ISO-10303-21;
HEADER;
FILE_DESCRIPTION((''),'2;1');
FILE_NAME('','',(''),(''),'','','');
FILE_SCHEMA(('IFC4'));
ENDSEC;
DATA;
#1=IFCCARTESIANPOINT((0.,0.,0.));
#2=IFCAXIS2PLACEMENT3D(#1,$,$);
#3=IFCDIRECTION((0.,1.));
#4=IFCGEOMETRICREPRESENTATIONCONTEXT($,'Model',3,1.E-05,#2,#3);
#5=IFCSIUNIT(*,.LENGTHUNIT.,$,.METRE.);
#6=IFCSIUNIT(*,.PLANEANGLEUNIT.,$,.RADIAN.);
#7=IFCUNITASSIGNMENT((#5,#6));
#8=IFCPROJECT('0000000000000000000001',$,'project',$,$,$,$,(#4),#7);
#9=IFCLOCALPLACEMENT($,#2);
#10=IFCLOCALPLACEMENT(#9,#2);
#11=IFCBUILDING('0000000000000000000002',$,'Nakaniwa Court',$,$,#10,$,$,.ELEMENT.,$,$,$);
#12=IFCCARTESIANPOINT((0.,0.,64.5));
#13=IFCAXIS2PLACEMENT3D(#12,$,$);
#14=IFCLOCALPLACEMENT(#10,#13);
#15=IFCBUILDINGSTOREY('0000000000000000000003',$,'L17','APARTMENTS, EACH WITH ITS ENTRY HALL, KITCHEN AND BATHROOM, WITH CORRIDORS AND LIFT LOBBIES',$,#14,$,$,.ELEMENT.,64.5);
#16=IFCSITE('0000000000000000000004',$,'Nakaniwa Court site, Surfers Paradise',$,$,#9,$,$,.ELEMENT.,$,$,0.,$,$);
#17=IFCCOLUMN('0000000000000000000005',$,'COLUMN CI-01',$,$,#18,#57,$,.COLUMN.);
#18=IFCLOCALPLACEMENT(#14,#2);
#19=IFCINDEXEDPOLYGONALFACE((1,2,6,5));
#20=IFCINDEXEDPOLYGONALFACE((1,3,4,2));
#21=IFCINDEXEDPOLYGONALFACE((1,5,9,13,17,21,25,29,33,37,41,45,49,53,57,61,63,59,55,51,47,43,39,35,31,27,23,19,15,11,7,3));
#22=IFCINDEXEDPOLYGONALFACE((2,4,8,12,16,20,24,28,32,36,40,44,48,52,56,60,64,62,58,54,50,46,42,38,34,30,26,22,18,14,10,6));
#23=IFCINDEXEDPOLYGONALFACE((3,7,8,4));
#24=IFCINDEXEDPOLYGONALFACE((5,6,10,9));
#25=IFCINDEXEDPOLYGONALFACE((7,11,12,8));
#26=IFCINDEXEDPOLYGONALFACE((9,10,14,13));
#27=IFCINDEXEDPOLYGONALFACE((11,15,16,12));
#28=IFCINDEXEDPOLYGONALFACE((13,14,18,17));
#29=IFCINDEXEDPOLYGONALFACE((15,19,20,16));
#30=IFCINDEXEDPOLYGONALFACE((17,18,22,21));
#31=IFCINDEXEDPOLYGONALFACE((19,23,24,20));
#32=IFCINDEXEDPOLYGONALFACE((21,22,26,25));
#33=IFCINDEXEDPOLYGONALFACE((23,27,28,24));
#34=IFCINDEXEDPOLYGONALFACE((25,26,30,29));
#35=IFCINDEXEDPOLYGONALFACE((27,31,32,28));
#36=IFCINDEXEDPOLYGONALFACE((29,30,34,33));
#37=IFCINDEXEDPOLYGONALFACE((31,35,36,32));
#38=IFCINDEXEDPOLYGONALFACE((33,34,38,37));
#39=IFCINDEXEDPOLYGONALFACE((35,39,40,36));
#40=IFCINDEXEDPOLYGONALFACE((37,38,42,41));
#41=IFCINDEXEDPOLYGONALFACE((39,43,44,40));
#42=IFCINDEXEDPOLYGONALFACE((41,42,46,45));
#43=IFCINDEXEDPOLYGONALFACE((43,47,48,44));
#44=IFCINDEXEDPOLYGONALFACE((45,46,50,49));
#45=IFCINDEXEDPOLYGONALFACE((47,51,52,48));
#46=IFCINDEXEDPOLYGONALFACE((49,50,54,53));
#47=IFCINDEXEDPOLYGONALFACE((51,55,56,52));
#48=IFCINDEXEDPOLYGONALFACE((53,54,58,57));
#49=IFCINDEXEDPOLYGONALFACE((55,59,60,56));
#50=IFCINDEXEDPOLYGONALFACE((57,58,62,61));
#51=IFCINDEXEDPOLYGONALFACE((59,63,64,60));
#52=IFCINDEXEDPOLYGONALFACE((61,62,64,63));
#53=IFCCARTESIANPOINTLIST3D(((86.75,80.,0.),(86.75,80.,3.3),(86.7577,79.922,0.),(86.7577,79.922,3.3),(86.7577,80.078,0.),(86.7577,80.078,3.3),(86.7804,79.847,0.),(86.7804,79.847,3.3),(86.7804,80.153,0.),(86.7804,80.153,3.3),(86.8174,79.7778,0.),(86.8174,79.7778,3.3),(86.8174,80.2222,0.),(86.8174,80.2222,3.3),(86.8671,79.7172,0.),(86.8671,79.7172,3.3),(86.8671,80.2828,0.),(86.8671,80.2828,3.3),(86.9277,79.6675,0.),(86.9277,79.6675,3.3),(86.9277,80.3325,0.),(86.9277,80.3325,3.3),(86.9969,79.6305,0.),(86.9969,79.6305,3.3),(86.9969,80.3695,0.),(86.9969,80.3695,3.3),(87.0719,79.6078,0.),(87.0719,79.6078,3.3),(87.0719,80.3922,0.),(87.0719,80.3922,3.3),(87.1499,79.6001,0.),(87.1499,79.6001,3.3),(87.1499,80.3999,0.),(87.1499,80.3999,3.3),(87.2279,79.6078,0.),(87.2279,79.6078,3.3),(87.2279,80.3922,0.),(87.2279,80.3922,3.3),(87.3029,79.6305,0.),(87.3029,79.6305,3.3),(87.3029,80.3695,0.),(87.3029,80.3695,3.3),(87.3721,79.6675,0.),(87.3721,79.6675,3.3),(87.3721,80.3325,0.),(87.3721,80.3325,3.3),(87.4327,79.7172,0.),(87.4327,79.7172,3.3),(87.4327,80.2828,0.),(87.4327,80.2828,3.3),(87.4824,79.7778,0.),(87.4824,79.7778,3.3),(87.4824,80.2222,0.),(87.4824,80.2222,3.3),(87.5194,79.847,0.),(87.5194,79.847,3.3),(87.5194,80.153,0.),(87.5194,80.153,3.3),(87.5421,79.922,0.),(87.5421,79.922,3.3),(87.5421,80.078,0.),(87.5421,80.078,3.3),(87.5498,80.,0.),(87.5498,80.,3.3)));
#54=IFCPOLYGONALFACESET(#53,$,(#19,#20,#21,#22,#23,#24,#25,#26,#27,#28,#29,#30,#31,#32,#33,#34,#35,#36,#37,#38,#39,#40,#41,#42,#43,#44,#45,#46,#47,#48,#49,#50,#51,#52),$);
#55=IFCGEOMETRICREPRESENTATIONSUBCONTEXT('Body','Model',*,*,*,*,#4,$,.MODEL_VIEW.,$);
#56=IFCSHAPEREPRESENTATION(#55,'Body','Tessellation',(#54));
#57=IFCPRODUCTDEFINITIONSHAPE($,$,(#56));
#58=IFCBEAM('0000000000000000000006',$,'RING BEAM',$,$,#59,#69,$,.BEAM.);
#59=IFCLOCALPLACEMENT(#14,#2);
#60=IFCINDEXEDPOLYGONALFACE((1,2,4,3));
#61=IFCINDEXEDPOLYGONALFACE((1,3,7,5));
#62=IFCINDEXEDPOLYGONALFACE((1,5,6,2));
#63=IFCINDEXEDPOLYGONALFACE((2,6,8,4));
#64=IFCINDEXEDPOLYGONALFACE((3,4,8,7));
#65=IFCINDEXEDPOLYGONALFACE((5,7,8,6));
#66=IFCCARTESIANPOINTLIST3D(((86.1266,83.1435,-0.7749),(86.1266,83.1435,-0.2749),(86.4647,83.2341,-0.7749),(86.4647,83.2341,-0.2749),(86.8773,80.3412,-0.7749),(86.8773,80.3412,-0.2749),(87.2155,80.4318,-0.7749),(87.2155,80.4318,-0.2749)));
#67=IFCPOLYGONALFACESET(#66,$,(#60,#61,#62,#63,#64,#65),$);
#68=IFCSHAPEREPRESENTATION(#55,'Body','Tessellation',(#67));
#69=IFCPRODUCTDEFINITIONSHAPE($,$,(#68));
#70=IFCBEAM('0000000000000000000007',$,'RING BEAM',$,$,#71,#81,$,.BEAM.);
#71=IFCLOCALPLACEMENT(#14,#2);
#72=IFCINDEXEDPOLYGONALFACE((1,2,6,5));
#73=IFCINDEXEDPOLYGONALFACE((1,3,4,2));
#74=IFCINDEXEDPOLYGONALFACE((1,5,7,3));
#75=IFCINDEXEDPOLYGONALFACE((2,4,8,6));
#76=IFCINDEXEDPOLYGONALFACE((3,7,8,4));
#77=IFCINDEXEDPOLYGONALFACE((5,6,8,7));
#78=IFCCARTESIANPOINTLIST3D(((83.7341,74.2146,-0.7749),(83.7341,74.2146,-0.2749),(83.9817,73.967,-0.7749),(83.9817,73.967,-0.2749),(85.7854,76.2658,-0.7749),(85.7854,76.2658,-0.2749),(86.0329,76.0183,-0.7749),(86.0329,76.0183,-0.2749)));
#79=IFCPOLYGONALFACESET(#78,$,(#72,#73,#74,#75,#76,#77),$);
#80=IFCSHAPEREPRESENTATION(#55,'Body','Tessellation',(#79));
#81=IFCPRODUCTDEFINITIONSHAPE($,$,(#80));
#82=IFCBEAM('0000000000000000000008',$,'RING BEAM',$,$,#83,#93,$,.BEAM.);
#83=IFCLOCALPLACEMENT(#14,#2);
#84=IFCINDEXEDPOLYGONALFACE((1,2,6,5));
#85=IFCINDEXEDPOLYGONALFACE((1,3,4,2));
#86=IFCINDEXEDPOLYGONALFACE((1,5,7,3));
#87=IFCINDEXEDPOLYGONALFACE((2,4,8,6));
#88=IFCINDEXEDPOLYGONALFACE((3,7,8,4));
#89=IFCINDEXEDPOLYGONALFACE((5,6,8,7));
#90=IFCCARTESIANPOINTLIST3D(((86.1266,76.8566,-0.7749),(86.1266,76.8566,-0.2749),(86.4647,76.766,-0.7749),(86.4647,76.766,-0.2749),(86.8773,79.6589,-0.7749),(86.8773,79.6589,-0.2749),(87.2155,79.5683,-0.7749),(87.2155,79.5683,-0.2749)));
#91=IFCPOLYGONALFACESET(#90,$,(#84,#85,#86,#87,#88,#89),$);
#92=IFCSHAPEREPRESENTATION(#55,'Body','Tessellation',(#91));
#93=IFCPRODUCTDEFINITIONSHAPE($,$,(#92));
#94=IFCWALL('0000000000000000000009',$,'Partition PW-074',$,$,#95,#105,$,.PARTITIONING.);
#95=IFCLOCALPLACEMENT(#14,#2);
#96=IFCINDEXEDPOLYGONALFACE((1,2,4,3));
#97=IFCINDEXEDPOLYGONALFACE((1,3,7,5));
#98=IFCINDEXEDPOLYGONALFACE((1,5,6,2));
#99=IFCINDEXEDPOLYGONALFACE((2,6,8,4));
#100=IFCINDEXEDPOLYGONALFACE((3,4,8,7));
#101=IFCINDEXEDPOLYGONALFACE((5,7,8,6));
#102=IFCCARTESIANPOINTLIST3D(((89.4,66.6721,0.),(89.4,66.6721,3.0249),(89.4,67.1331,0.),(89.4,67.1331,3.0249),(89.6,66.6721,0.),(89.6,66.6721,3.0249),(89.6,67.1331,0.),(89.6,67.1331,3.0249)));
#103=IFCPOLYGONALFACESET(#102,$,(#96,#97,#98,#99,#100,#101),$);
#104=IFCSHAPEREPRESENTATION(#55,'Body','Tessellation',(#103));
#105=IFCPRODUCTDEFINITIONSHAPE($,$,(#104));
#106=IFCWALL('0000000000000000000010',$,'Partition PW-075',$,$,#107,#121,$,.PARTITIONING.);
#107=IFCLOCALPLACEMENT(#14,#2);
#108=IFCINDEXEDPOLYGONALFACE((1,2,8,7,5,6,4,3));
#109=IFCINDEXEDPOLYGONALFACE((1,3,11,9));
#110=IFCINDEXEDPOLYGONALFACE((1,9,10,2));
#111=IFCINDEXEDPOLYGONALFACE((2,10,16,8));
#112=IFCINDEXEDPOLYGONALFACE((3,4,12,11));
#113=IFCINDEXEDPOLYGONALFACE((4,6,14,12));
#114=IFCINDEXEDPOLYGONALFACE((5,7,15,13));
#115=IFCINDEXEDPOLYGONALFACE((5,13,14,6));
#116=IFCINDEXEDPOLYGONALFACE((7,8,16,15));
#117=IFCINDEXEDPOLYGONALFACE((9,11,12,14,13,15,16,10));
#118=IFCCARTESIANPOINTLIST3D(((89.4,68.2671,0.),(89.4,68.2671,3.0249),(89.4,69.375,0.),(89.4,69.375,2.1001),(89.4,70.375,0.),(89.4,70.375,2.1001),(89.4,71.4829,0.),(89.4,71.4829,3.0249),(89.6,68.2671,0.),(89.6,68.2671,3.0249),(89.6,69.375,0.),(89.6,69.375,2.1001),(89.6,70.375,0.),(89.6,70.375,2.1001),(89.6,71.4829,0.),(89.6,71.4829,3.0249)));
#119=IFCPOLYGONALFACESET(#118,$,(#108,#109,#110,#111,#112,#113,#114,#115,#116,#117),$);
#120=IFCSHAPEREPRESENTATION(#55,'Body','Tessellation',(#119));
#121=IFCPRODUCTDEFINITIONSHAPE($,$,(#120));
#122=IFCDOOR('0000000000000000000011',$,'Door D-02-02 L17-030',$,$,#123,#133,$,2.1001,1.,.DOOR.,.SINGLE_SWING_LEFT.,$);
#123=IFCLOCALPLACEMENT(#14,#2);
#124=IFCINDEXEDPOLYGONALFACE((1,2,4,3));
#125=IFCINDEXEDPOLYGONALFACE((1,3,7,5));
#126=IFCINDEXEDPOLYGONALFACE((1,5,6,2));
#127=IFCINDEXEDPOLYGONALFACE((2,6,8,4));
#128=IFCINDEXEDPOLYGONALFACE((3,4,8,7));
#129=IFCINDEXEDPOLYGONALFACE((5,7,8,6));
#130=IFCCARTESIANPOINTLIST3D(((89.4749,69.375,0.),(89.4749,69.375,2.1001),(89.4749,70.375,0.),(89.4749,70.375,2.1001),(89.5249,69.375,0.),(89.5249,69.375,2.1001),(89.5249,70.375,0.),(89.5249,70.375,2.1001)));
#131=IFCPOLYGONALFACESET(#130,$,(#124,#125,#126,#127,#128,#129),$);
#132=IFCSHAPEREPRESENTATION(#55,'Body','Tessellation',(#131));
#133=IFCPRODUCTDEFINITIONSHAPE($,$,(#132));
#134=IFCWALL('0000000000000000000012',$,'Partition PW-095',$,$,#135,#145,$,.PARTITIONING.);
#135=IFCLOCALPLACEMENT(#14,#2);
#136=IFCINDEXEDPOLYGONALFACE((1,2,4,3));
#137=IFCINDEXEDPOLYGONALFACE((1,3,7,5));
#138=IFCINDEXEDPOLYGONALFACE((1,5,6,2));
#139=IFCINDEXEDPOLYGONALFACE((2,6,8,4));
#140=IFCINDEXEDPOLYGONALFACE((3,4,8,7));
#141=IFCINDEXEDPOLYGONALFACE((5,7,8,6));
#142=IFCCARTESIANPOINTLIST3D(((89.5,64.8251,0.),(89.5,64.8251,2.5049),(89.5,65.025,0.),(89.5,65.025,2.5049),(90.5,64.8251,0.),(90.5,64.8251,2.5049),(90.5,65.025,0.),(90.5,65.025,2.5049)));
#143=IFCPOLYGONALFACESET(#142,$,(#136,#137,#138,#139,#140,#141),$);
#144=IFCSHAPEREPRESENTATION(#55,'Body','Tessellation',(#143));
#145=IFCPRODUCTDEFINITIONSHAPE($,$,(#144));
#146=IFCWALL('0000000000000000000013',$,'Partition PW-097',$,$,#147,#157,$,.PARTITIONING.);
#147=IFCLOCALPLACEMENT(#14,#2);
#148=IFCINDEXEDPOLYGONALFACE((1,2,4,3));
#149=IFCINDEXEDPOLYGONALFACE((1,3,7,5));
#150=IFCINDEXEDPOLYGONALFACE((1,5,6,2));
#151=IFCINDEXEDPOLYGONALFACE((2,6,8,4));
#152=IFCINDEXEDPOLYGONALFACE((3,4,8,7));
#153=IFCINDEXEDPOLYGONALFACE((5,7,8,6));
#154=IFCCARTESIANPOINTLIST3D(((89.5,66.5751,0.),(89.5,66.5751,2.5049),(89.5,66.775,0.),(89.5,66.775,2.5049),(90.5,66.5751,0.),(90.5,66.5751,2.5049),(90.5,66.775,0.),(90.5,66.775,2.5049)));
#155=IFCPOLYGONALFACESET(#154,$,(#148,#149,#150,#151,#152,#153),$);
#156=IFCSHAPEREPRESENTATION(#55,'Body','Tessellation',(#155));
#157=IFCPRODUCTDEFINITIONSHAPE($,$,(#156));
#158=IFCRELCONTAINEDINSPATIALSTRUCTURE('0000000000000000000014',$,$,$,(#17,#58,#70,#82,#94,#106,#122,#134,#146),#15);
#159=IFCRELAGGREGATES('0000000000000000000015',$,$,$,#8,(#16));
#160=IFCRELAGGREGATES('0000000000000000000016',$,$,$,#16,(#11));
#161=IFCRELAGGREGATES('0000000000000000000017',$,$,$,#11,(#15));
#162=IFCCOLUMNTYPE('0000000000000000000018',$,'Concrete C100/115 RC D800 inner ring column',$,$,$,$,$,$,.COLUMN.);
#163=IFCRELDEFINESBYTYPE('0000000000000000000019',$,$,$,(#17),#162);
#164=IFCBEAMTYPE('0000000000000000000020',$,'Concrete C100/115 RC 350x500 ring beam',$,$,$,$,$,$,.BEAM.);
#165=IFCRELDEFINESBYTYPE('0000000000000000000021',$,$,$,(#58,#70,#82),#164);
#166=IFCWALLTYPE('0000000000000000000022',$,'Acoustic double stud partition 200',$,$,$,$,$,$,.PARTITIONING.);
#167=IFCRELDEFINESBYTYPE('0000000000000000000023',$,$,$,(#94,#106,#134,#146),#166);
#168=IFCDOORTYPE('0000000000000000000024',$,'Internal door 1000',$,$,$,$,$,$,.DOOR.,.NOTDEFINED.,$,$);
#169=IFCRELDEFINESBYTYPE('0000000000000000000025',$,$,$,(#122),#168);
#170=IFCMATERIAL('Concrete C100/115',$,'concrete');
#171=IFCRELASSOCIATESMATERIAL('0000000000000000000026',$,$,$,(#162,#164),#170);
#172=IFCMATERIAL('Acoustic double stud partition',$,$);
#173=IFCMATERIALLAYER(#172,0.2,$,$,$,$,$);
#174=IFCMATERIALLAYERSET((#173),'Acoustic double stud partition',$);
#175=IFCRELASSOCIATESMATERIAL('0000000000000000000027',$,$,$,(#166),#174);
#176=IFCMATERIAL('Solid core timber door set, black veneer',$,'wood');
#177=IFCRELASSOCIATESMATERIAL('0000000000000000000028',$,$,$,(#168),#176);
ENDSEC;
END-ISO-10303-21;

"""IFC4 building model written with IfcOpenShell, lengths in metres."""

from ifc_helpers import new_model, si_unit, direction, frame, frame_2d, origin, origin_2d, place, context, subcontext, project, spatial, rectangle, circle, extrude, material, layer, layer_set, material_profile, profile_set, type_object, element, fill, save


model = new_model("IFC4")

# Units and contexts
model_context = context("Model", 3, precision=1e-05, world=origin(), true_north=direction((0.0, 1.0)))
body_context = subcontext(model_context, "Body", "Model", "MODEL_VIEW")
ifc_project = project(units=[si_unit("LENGTHUNIT", "METRE"), si_unit("PLANEANGLEUNIT", "RADIAN")], contexts=[model_context])

# Site, building, storey
site_placement = place(None, origin())
site = spatial("IfcSite", under=ifc_project, at=site_placement, Name="Nakaniwa Court site, Surfers Paradise", CompositionType="ELEMENT", RefElevation=0.0)
building_placement = place(site_placement, origin())
building = spatial("IfcBuilding", under=site, at=building_placement, Name="Nakaniwa Court", CompositionType="ELEMENT")
storey_placement = place(building_placement, frame((0.0, 0.0, 64.5)))
storey = spatial("IfcBuildingStorey", under=building, at=storey_placement, Name="L17", Description="APARTMENTS, EACH WITH ITS ENTRY HALL, KITCHEN AND BATHROOM, WITH CORRIDORS AND LIFT LOBBIES", CompositionType="ELEMENT", Elevation=64.5)

# Column
ifc_material_1 = material(Name="Concrete C100/115", Category="concrete")
ifc_material_profile_1 = material_profile(ifc_material_1, circle(Radius=0.3999, at=origin_2d()), Name="Concrete C100/115 RC D800 inner ring column")
ifc_profile_set_1 = profile_set([ifc_material_profile_1], Name="Concrete C100/115")
column_type = type_object("IfcColumnType", Name="Concrete C100/115 RC D800 inner ring column", PredefinedType="COLUMN", material=ifc_profile_set_1)
for number, where, z_axis, x_axis, name in (
    (1, (87.1499, 80.0, 0.0), (0.0, 0.0, 1.0), (0.0, 1.0, 0.0), "COLUMN CI-01"),
):
    element("IfcColumn", number, at=place(storey_placement, frame(where, z_axis=z_axis, x_axis=x_axis)), inside=storey, type_object=column_type, Name=name, PredefinedType="COLUMN", context=body_context, shape_type="SweptSolid", body=[
        extrude(circle(Radius=0.3999, at=origin_2d()), origin(), (0.0, 0.0, 1.0), 3.3),
    ])

# Beams
ifc_material_profile_2 = material_profile(ifc_material_1, rectangle(XDim=0.3501, YDim=0.5, at=origin_2d()), Name="Concrete C100/115 RC 350x500 ring beam")
ifc_profile_set_2 = profile_set([ifc_material_profile_2], Name="Concrete C100/115")
beam_type = type_object("IfcBeamType", Name="Concrete C100/115 RC 350x500 ring beam", PredefinedType="BEAM", material=ifc_profile_set_2)
beam_1_placement = place(storey_placement, frame((87.0464, 80.3865, -0.5249), z_axis=(-0.258778, 0.965937, 0.0), x_axis=(-0.965937, -0.258778, 0.0)))
element("IfcBeam", 2, at=beam_1_placement, inside=storey, type_object=beam_type, Name="RING BEAM", PredefinedType="BEAM", context=body_context, shape_type="SweptSolid", body=[
    extrude(rectangle(XDim=0.3501, YDim=0.5, at=origin_2d()), origin(), (0.0, 0.0, 1.0), 2.9011),
])
beam_2_placement = place(storey_placement, frame((83.8579, 74.0908, -0.5249), z_axis=(0.707107, 0.707107, 0.0), x_axis=(-0.707107, 0.707107, 0.0)))
element("IfcBeam", 3, at=beam_2_placement, inside=storey, type_object=beam_type, Name="RING BEAM", PredefinedType="BEAM", context=body_context, shape_type="SweptSolid", body=[
    extrude(rectangle(XDim=0.3501, YDim=0.5, at=origin_2d()), origin(), (0.0, 0.0, 1.0), 2.9009),
])
beam_3_placement = place(storey_placement, frame((86.2957, 76.8113, -0.5249), z_axis=(0.258778, 0.965937, 0.0), x_axis=(-0.965937, 0.258778, 0.0)))
element("IfcBeam", 4, at=beam_3_placement, inside=storey, type_object=beam_type, Name="RING BEAM", PredefinedType="BEAM", context=body_context, shape_type="SweptSolid", body=[
    extrude(rectangle(XDim=0.3501, YDim=0.5, at=origin_2d()), origin(), (0.0, 0.0, 1.0), 2.9011),
])

# Wall
ifc_material_2 = material(Name="Acoustic double stud partition")
ifc_layer_1 = layer(ifc_material_2, 0.2)
ifc_layer_set_1 = layer_set([ifc_layer_1], Name="Acoustic double stud partition")
wall_type_1 = type_object("IfcWallType", Name="Acoustic double stud partition 200", PredefinedType="PARTITIONING", material=ifc_layer_set_1)
wall_1_placement = place(storey_placement, frame((89.5, 66.6721, 0.0), z_axis=(0.0, 0.0, 1.0), x_axis=(0.0, 1.0, 0.0)))
element("IfcWall", 5, at=wall_1_placement, inside=storey, type_object=wall_type_1, Name="Partition PW-074", PredefinedType="PARTITIONING", context=body_context, shape_type="SweptSolid", body=[
    extrude(rectangle(XDim=0.4609, YDim=0.2, at=frame_2d((0.2305, 0.0))), origin(), (0.0, 0.0, 1.0), 3.0249),
])

# Wall, opening, door
wall_2_placement = place(storey_placement, frame((89.5, 71.4829, 0.0), z_axis=(0.0, 0.0, 1.0), x_axis=(0.0, -1.0, 0.0)))
wall_2 = element("IfcWall", 6, at=wall_2_placement, inside=storey, type_object=wall_type_1, Name="Partition PW-075", PredefinedType="PARTITIONING", context=body_context, shape_type="SweptSolid", body=[
    extrude(rectangle(XDim=3.2158, YDim=0.2, at=frame_2d((1.6079, 0.0))), origin(), (0.0, 0.0, 1.0), 3.0249),
])
opening_1_placement = place(wall_2_placement, frame((1.1079, 0.0, 0.0)))
opening_1 = element("IfcOpeningElement", 7, at=opening_1_placement, cuts=wall_2, PredefinedType="OPENING", context=body_context, shape_type="SweptSolid", body=[
    extrude(rectangle(XDim=1.0, YDim=2.1001, at=frame_2d((0.5, 1.05))), frame((0.0, 0.1099, 0.0), z_axis=(0.0, -1.0, 0.0), x_axis=(1.0, 0.0, 0.0)), (0.0, 0.0, 1.0), 0.22),
])
ifc_material_3 = material(Name="Solid core timber door set, black veneer", Category="wood")
door_type_1 = type_object("IfcDoorType", Name="Internal door 1000", OperationType="NOTDEFINED", PredefinedType="DOOR", material=ifc_material_3)
door_1_placement = place(opening_1_placement, origin())
door_1 = element("IfcDoor", 8, at=door_1_placement, inside=storey, type_object=door_type_1, Name="Door D-02-02 L17-030", OperationType="SINGLE_SWING_LEFT", OverallHeight=2.1001, OverallWidth=1.0, PredefinedType="DOOR", context=body_context, shape_type="SweptSolid", body=[
    extrude(rectangle(XDim=1.0, YDim=2.1001, at=frame_2d((0.5, 1.05))), frame((0.0, 0.0249, 0.0), z_axis=(0.0, -1.0, 0.0), x_axis=(1.0, 0.0, 0.0)), (0.0, 0.0, 1.0), 0.05),
])
fill(opening_1, door_1)

# Walls
for number, where, z_axis, x_axis, name in (
    (9, (89.5, 64.925, 0.0), (0.0, 0.0, 1.0), (1.0, 0.0, 0.0), "Partition PW-095"),
    (10, (89.5, 66.675, 0.0), (0.0, 0.0, 1.0), (1.0, 0.0, 0.0), "Partition PW-097"),
):
    element("IfcWall", number, at=place(storey_placement, frame(where, z_axis=z_axis, x_axis=x_axis)), inside=storey, type_object=wall_type_1, Name=name, PredefinedType="PARTITIONING", context=body_context, shape_type="SweptSolid", body=[
        extrude(rectangle(XDim=1.0, YDim=0.2, at=frame_2d((0.5, 0.0))), origin(), (0.0, 0.0, 1.0), 2.5049),
    ])

save(model, "model.ifc")
